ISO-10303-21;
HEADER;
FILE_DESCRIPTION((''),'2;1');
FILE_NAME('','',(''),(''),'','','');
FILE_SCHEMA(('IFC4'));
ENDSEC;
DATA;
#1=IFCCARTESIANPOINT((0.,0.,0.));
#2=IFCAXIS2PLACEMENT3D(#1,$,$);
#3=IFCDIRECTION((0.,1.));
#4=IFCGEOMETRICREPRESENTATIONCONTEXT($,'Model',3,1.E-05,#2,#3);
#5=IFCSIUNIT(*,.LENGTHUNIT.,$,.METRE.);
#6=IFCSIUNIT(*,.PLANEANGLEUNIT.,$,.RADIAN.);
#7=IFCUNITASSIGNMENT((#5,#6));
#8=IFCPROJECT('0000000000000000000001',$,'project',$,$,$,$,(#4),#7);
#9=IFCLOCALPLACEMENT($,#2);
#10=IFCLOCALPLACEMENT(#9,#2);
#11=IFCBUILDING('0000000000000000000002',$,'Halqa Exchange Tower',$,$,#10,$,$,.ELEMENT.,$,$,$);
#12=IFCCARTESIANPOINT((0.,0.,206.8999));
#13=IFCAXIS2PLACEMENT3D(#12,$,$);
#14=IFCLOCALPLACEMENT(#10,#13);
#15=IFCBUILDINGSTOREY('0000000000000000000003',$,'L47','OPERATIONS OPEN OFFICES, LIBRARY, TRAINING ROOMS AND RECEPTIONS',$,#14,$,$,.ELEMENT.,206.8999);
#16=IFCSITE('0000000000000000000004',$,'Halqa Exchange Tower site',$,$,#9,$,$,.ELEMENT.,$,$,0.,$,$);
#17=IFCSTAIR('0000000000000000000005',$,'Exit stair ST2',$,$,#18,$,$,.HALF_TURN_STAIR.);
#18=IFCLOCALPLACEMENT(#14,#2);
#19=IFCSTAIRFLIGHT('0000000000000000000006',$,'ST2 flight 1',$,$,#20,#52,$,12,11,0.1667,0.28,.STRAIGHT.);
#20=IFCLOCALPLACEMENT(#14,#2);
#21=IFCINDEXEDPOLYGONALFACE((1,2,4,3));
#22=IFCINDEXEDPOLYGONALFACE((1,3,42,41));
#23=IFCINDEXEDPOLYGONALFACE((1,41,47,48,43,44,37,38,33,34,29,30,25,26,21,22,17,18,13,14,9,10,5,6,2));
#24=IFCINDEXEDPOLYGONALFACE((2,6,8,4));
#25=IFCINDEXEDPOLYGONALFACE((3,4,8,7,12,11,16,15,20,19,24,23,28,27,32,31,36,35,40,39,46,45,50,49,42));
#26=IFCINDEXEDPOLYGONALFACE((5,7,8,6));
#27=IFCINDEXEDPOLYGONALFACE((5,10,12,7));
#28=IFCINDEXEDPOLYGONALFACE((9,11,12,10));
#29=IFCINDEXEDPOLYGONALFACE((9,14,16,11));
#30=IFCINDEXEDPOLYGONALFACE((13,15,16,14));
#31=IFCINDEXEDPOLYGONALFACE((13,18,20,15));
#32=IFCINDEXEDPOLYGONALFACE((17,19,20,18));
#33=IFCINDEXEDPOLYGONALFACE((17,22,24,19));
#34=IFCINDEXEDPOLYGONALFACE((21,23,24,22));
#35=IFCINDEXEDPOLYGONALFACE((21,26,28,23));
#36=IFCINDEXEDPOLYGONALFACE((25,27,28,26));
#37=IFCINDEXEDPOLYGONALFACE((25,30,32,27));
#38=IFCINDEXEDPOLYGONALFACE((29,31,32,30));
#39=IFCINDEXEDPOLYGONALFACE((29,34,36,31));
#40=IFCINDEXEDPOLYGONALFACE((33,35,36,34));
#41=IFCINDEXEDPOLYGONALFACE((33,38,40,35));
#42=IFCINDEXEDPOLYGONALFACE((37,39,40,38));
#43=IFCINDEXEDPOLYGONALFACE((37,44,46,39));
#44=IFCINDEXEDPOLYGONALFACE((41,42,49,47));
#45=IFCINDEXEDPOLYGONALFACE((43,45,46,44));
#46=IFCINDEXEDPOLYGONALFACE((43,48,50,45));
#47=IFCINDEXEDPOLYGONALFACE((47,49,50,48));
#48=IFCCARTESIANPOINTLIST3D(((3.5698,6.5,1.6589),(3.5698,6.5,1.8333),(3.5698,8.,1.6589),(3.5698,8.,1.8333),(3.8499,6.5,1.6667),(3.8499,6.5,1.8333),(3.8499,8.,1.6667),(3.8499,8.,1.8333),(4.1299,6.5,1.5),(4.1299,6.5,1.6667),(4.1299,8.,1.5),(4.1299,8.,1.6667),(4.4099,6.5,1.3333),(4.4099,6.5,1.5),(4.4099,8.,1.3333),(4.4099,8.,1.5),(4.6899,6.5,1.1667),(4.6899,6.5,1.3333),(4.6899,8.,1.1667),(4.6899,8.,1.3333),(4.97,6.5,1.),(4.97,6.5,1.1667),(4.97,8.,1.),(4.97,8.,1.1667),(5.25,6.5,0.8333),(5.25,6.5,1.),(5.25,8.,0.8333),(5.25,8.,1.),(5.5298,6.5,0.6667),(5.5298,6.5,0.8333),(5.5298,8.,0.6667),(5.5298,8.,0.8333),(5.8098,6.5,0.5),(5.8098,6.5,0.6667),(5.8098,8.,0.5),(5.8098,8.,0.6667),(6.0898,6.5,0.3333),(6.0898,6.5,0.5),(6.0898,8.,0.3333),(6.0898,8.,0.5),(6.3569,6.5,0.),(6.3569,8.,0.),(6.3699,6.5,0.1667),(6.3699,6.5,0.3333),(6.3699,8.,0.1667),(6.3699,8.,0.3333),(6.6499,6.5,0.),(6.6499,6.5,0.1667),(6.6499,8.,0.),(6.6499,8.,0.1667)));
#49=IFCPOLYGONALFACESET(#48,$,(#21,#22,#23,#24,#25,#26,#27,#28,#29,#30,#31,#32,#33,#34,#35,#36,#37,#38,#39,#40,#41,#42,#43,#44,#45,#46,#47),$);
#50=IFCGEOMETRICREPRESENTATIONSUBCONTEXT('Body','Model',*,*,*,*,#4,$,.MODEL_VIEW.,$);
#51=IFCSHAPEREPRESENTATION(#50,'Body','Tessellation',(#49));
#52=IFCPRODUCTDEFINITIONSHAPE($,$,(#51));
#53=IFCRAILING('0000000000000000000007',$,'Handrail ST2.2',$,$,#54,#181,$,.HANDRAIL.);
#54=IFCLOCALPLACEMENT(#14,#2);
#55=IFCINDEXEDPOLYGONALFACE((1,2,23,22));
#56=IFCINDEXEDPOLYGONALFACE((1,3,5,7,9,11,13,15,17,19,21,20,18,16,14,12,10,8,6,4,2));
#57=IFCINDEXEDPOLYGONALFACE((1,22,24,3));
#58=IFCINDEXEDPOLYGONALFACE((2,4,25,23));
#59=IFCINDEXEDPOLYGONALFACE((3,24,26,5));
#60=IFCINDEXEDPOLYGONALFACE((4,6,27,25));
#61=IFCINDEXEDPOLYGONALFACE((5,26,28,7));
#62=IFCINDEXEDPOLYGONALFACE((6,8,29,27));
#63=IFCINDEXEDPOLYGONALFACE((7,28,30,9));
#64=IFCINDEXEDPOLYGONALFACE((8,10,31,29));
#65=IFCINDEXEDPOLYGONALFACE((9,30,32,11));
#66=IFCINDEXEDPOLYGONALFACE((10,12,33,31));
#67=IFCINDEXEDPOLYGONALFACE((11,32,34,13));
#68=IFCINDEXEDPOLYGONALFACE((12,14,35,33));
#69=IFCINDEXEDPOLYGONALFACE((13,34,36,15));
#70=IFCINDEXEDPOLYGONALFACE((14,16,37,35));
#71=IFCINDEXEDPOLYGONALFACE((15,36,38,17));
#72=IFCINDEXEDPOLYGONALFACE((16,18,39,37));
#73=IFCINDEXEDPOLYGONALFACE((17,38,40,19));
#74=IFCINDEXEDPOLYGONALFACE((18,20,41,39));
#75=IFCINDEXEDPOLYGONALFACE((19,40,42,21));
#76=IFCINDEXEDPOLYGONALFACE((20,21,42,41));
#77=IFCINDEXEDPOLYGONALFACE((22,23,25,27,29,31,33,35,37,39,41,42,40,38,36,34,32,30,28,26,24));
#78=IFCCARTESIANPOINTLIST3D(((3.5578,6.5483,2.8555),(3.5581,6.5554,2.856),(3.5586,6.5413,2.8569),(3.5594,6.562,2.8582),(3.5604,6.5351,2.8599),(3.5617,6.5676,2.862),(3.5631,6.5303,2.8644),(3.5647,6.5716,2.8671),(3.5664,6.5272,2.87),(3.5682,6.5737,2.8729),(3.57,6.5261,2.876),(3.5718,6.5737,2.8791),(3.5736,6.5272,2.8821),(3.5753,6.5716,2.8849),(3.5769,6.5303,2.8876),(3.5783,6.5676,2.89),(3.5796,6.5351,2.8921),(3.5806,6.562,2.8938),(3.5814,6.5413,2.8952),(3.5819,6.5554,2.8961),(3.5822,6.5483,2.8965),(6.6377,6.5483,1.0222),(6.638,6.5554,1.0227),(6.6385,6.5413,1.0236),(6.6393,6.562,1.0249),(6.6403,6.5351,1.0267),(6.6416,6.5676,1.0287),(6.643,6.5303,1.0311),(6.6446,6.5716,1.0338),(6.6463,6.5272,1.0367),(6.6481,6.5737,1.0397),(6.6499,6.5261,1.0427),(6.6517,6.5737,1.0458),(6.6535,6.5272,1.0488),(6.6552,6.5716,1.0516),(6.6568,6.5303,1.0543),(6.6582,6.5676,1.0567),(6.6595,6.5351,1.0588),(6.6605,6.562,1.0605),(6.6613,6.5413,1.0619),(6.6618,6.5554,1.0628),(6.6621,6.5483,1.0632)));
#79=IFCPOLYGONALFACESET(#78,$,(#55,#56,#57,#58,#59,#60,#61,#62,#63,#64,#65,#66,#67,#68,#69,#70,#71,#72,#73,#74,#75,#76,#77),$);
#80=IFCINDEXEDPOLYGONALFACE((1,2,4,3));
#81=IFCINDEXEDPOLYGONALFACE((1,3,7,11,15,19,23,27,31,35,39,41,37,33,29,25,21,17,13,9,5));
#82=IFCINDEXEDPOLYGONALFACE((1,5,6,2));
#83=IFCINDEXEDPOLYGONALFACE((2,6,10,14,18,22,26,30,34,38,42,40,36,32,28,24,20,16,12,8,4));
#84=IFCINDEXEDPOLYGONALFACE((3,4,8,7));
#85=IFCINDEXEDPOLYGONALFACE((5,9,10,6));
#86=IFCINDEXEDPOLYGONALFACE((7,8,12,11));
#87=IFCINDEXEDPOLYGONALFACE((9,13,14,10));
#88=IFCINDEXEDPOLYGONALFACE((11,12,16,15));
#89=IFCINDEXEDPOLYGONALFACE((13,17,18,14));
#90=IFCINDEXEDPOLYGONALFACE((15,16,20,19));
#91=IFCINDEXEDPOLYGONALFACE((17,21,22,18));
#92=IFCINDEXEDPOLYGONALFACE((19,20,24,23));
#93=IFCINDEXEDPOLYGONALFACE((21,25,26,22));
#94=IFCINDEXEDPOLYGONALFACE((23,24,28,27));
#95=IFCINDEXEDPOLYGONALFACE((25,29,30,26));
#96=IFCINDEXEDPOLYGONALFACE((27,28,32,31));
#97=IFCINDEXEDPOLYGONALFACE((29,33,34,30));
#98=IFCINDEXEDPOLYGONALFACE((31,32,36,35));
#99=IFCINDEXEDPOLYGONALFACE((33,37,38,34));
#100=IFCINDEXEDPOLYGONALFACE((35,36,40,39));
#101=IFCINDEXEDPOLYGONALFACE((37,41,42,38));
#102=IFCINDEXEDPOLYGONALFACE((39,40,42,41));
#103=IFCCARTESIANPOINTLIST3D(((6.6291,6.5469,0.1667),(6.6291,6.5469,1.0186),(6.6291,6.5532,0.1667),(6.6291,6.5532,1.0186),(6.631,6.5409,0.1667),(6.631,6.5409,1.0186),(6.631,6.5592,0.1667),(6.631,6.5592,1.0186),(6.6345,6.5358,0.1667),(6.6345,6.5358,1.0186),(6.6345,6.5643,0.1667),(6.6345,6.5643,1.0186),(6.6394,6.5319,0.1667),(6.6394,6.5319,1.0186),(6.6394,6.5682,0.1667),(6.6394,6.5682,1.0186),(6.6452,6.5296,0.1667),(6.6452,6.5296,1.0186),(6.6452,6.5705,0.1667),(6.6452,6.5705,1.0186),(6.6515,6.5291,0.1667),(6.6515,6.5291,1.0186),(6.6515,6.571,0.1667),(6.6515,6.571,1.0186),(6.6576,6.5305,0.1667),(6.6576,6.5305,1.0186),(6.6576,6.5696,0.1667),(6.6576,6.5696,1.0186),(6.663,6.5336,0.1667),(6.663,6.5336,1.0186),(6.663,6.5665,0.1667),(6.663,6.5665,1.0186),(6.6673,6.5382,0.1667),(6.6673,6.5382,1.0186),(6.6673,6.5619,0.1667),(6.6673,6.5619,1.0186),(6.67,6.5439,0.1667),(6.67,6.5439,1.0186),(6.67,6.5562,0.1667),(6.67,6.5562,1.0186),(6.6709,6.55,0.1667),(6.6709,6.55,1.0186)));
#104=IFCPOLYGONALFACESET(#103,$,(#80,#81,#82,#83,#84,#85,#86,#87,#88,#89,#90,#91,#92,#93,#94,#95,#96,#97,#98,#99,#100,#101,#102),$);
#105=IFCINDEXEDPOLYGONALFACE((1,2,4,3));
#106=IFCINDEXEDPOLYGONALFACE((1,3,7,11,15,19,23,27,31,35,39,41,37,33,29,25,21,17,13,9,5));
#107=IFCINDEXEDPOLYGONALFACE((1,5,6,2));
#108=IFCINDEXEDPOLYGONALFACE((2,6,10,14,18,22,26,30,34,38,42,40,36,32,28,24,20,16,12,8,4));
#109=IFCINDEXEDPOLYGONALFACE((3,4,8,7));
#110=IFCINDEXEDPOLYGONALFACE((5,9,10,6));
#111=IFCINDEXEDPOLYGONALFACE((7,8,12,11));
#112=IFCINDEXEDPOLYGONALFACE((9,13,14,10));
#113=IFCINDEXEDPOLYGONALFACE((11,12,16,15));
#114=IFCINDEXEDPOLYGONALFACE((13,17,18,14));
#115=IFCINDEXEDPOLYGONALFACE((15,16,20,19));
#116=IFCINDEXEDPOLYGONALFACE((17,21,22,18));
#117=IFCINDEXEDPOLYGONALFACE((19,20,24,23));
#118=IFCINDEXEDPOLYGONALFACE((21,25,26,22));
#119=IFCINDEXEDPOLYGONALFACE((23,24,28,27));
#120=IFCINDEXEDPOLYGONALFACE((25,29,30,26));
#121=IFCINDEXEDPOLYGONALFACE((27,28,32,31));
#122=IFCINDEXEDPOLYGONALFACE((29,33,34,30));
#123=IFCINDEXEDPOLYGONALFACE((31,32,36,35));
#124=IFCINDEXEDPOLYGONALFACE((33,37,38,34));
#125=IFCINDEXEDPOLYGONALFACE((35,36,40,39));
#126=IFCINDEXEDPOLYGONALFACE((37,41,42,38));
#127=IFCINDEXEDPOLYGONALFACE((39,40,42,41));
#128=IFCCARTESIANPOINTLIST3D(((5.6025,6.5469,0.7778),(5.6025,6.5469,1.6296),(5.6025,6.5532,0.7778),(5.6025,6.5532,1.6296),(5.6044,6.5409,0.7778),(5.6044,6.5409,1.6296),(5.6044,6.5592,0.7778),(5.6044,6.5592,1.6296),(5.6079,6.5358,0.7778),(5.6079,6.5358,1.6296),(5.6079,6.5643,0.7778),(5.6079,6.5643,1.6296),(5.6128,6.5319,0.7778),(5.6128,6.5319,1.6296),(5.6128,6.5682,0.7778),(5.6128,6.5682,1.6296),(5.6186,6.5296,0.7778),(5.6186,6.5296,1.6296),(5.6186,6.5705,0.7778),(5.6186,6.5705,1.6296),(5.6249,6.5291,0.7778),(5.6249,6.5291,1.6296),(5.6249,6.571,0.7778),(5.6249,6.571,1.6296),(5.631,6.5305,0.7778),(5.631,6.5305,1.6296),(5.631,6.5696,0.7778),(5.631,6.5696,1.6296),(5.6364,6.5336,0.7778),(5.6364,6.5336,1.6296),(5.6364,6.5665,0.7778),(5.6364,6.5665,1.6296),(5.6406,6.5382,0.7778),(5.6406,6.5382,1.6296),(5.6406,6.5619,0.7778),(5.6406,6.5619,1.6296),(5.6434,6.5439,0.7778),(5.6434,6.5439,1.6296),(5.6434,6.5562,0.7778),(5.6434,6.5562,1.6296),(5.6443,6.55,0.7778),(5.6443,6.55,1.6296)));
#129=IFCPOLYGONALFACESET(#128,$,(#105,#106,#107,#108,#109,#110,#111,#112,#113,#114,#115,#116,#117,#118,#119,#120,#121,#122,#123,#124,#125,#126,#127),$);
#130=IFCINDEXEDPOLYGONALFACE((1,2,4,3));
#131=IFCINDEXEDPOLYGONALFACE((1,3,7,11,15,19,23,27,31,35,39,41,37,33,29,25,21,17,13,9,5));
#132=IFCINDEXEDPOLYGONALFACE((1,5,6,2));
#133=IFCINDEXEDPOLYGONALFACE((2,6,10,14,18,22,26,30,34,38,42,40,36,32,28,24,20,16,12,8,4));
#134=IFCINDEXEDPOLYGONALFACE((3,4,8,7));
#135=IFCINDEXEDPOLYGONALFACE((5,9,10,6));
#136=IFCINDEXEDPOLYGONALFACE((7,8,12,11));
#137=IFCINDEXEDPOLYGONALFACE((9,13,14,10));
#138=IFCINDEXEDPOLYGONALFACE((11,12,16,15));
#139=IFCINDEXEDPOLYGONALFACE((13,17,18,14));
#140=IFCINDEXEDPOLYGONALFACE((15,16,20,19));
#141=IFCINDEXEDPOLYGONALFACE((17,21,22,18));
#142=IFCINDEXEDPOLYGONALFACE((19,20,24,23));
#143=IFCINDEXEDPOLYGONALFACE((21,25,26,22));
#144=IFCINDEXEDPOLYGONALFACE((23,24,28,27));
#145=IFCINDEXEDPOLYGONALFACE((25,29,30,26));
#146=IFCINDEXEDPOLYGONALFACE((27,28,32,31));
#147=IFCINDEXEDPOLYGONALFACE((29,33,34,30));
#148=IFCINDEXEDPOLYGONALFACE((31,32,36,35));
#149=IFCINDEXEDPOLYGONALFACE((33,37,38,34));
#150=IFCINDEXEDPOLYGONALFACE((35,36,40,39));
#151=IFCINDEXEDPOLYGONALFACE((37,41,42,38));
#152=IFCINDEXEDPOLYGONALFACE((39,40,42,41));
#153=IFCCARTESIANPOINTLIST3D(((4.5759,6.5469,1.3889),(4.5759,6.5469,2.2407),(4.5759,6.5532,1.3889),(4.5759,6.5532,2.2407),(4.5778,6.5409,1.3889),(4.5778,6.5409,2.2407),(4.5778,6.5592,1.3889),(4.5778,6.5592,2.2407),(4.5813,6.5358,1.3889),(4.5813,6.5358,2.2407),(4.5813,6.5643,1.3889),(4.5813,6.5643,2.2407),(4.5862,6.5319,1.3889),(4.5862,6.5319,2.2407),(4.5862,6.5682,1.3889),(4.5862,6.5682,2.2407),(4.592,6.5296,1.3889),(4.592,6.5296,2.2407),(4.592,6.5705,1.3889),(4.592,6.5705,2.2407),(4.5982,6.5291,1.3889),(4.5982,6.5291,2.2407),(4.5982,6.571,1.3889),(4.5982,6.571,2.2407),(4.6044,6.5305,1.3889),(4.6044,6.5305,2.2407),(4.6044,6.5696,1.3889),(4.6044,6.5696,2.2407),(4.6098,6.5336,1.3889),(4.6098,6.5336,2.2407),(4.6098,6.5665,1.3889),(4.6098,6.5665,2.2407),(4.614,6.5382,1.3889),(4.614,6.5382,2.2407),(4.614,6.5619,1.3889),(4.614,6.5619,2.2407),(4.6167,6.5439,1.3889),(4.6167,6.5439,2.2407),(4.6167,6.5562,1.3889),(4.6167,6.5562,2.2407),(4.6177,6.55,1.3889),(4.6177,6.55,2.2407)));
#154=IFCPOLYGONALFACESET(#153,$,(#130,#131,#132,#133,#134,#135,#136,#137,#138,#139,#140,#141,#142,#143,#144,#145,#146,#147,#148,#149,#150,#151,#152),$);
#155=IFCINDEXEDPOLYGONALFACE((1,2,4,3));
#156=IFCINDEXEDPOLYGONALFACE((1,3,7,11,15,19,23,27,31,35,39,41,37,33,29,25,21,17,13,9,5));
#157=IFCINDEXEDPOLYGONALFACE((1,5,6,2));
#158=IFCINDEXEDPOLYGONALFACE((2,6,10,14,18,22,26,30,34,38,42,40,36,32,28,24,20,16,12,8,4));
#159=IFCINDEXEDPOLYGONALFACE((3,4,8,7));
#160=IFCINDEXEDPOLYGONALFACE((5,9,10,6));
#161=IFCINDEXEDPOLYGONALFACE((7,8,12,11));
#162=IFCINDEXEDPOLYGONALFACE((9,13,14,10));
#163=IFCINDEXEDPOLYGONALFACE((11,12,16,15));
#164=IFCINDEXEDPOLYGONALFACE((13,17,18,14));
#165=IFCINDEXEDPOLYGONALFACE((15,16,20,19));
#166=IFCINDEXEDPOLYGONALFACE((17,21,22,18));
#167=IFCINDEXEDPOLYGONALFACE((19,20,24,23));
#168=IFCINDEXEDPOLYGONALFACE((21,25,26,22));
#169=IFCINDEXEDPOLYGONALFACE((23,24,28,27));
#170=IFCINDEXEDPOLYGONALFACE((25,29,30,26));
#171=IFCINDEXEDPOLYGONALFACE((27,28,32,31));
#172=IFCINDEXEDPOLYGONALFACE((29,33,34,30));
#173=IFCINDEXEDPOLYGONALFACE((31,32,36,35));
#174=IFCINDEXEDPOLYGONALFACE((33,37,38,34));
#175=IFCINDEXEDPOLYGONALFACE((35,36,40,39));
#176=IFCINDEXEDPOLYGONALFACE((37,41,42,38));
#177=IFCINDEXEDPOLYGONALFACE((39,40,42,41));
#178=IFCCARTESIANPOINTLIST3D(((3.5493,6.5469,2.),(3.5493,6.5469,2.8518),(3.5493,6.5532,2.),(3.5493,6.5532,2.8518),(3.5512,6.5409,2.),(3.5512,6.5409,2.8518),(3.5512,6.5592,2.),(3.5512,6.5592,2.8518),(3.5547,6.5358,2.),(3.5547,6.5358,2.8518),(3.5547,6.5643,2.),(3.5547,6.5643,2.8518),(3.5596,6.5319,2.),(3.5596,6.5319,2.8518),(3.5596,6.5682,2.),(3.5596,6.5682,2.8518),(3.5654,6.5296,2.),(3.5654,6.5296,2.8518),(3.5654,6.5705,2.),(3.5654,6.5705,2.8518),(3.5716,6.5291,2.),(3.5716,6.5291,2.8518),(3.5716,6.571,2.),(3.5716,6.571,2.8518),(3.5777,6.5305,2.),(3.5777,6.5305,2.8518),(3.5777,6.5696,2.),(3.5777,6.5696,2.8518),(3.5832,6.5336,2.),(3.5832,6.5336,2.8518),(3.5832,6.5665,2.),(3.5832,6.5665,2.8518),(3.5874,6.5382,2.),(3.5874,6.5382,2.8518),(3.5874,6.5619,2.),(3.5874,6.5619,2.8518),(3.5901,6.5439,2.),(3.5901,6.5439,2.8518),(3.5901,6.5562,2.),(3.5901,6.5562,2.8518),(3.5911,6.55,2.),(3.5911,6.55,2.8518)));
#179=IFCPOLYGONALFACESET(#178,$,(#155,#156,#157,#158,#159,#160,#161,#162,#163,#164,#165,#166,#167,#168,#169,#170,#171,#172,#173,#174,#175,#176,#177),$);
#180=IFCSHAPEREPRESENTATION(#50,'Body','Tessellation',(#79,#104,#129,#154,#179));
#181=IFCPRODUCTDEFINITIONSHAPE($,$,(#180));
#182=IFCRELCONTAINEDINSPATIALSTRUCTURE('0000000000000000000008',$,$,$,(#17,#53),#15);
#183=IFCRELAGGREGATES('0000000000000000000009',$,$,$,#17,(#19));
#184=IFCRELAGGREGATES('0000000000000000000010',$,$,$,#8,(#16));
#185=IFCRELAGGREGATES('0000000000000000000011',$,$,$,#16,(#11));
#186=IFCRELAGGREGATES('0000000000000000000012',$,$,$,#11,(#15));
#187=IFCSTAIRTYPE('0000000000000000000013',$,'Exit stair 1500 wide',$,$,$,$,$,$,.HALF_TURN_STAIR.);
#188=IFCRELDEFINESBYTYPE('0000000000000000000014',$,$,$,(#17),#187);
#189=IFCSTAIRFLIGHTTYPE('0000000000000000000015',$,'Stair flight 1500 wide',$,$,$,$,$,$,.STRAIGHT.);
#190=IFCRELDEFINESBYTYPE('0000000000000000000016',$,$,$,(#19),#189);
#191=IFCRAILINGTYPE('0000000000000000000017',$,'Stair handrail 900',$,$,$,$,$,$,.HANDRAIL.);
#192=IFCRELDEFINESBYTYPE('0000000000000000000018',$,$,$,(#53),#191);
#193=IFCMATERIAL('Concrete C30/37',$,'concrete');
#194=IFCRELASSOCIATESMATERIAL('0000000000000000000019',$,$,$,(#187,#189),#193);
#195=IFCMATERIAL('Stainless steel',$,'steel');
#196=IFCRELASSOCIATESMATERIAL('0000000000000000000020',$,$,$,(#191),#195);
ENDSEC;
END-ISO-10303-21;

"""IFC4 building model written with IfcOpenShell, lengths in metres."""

from ifc_helpers import new_model, si_unit, direction, frame, origin, origin_2d, place, context, subcontext, project, spatial, polyline, circle, outline, extrude, material, type_object, element, aggregate, save


model = new_model("IFC4")

# Units and contexts
model_context = context("Model", 3, precision=1e-05, world=origin(), true_north=direction((0.0, 1.0)))
body_context = subcontext(model_context, "Body", "Model", "MODEL_VIEW")
ifc_project = project(units=[si_unit("LENGTHUNIT", "METRE"), si_unit("PLANEANGLEUNIT", "RADIAN")], contexts=[model_context])

# Site, building, storey
site_placement = place(None, origin())
site = spatial("IfcSite", under=ifc_project, at=site_placement, Name="Halqa Exchange Tower site", CompositionType="ELEMENT", RefElevation=0.0)
building_placement = place(site_placement, origin())
building = spatial("IfcBuilding", under=site, at=building_placement, Name="Halqa Exchange Tower", CompositionType="ELEMENT")
storey_placement = place(building_placement, frame((0.0, 0.0, 206.8999)))
storey = spatial("IfcBuildingStorey", under=building, at=storey_placement, Name="L47", Description="OPERATIONS OPEN OFFICES, LIBRARY, TRAINING ROOMS AND RECEPTIONS", CompositionType="ELEMENT", Elevation=206.8999)

# Stair
ifc_material_1 = material(Name="Concrete C30/37", Category="concrete")
stair_type = type_object("IfcStairType", Name="Exit stair 1500 wide", PredefinedType="HALF_TURN_STAIR", material=ifc_material_1)
stair_1_placement = place(storey_placement, origin())
stair_1 = element("IfcStair", 1, at=stair_1_placement, inside=storey, type_object=stair_type, Name="Exit stair ST2", PredefinedType="HALF_TURN_STAIR")

# Stair flight
stair_flight_type = type_object("IfcStairFlightType", Name="Stair flight 1500 wide", PredefinedType="STRAIGHT", material=ifc_material_1)
stair_flight_placement = place(storey_placement, frame((6.6499, 7.25, 0.0), z_axis=(0.0, 0.0, 1.0), x_axis=(-1.0, 0.0, 0.0)))
stair_flight = element("IfcStairFlight", 2, at=stair_flight_placement, type_object=stair_flight_type, Name="ST2 flight 1", NumberOfRisers=12, NumberOfTreads=11, PredefinedType="STRAIGHT", RiserHeight=0.1667, TreadLength=0.28, context=body_context, shape_type="SweptSolid", body=[
    extrude(outline(polyline([(0.0, 0.0), (0.0, 0.1667), (0.28, 0.1667), (0.28, 0.3333), (0.5601, 0.3333), (0.5601, 0.5), (0.8401, 0.5), (0.8401, 0.6667), (1.1201, 0.6667), (1.1201, 0.8333), (1.3999, 0.8333), (1.3999, 1.0), (1.6799, 1.0), (1.6799, 1.1667), (1.96, 1.1667), (1.96, 1.3333), (2.24, 1.3333), (2.24, 1.5), (2.52, 1.5), (2.52, 1.6667), (2.8, 1.6667), (2.8, 1.8333), (3.0801, 1.8333), (3.0801, 2.0), (3.0801, 1.6589), (0.293, 0.0), (0.0, 0.0)])), frame((0.0, 0.75, 0.0), z_axis=(0.0, -1.0, 0.0), x_axis=(1.0, 0.0, 0.0)), (0.0, 0.0, 1.0), 1.5),
])
aggregate(stair_1, [stair_flight])

# Railing
ifc_material_2 = material(Name="Stainless steel", Category="steel")
railing_type_1 = type_object("IfcRailingType", Name="Stair handrail 900", PredefinedType="HANDRAIL", material=ifc_material_2)
railing_1_placement = place(storey_placement, frame((6.6499, 6.55, 0.1667)))
element("IfcRailing", 3, at=railing_1_placement, inside=storey, type_object=railing_type_1, Name="Handrail ST2.2", PredefinedType="HANDRAIL", context=body_context, shape_type="SweptSolid", body=[
    extrude(circle(Radius=0.0239, at=origin_2d()), frame((0.0, 0.0, 0.876), z_axis=(-0.859291, 0.0, 0.511487), x_axis=(0.0, -1.0, 0.0)), (0.0, 0.0, 1.0), 3.5842),
    extrude(circle(Radius=0.021, at=origin_2d()), origin(), (0.0, 0.0, 1.0), 0.8518),
    extrude(circle(Radius=0.021, at=origin_2d()), frame((-1.0266, 0.0, 0.6111)), (0.0, 0.0, 1.0), 0.8518),
    extrude(circle(Radius=0.021, at=origin_2d()), frame((-2.0532, 0.0, 1.2222)), (0.0, 0.0, 1.0), 0.8518),
    extrude(circle(Radius=0.021, at=origin_2d()), frame((-3.0798, 0.0, 1.8333)), (0.0, 0.0, 1.0), 0.8518),
])

save(model, "model.ifc")
